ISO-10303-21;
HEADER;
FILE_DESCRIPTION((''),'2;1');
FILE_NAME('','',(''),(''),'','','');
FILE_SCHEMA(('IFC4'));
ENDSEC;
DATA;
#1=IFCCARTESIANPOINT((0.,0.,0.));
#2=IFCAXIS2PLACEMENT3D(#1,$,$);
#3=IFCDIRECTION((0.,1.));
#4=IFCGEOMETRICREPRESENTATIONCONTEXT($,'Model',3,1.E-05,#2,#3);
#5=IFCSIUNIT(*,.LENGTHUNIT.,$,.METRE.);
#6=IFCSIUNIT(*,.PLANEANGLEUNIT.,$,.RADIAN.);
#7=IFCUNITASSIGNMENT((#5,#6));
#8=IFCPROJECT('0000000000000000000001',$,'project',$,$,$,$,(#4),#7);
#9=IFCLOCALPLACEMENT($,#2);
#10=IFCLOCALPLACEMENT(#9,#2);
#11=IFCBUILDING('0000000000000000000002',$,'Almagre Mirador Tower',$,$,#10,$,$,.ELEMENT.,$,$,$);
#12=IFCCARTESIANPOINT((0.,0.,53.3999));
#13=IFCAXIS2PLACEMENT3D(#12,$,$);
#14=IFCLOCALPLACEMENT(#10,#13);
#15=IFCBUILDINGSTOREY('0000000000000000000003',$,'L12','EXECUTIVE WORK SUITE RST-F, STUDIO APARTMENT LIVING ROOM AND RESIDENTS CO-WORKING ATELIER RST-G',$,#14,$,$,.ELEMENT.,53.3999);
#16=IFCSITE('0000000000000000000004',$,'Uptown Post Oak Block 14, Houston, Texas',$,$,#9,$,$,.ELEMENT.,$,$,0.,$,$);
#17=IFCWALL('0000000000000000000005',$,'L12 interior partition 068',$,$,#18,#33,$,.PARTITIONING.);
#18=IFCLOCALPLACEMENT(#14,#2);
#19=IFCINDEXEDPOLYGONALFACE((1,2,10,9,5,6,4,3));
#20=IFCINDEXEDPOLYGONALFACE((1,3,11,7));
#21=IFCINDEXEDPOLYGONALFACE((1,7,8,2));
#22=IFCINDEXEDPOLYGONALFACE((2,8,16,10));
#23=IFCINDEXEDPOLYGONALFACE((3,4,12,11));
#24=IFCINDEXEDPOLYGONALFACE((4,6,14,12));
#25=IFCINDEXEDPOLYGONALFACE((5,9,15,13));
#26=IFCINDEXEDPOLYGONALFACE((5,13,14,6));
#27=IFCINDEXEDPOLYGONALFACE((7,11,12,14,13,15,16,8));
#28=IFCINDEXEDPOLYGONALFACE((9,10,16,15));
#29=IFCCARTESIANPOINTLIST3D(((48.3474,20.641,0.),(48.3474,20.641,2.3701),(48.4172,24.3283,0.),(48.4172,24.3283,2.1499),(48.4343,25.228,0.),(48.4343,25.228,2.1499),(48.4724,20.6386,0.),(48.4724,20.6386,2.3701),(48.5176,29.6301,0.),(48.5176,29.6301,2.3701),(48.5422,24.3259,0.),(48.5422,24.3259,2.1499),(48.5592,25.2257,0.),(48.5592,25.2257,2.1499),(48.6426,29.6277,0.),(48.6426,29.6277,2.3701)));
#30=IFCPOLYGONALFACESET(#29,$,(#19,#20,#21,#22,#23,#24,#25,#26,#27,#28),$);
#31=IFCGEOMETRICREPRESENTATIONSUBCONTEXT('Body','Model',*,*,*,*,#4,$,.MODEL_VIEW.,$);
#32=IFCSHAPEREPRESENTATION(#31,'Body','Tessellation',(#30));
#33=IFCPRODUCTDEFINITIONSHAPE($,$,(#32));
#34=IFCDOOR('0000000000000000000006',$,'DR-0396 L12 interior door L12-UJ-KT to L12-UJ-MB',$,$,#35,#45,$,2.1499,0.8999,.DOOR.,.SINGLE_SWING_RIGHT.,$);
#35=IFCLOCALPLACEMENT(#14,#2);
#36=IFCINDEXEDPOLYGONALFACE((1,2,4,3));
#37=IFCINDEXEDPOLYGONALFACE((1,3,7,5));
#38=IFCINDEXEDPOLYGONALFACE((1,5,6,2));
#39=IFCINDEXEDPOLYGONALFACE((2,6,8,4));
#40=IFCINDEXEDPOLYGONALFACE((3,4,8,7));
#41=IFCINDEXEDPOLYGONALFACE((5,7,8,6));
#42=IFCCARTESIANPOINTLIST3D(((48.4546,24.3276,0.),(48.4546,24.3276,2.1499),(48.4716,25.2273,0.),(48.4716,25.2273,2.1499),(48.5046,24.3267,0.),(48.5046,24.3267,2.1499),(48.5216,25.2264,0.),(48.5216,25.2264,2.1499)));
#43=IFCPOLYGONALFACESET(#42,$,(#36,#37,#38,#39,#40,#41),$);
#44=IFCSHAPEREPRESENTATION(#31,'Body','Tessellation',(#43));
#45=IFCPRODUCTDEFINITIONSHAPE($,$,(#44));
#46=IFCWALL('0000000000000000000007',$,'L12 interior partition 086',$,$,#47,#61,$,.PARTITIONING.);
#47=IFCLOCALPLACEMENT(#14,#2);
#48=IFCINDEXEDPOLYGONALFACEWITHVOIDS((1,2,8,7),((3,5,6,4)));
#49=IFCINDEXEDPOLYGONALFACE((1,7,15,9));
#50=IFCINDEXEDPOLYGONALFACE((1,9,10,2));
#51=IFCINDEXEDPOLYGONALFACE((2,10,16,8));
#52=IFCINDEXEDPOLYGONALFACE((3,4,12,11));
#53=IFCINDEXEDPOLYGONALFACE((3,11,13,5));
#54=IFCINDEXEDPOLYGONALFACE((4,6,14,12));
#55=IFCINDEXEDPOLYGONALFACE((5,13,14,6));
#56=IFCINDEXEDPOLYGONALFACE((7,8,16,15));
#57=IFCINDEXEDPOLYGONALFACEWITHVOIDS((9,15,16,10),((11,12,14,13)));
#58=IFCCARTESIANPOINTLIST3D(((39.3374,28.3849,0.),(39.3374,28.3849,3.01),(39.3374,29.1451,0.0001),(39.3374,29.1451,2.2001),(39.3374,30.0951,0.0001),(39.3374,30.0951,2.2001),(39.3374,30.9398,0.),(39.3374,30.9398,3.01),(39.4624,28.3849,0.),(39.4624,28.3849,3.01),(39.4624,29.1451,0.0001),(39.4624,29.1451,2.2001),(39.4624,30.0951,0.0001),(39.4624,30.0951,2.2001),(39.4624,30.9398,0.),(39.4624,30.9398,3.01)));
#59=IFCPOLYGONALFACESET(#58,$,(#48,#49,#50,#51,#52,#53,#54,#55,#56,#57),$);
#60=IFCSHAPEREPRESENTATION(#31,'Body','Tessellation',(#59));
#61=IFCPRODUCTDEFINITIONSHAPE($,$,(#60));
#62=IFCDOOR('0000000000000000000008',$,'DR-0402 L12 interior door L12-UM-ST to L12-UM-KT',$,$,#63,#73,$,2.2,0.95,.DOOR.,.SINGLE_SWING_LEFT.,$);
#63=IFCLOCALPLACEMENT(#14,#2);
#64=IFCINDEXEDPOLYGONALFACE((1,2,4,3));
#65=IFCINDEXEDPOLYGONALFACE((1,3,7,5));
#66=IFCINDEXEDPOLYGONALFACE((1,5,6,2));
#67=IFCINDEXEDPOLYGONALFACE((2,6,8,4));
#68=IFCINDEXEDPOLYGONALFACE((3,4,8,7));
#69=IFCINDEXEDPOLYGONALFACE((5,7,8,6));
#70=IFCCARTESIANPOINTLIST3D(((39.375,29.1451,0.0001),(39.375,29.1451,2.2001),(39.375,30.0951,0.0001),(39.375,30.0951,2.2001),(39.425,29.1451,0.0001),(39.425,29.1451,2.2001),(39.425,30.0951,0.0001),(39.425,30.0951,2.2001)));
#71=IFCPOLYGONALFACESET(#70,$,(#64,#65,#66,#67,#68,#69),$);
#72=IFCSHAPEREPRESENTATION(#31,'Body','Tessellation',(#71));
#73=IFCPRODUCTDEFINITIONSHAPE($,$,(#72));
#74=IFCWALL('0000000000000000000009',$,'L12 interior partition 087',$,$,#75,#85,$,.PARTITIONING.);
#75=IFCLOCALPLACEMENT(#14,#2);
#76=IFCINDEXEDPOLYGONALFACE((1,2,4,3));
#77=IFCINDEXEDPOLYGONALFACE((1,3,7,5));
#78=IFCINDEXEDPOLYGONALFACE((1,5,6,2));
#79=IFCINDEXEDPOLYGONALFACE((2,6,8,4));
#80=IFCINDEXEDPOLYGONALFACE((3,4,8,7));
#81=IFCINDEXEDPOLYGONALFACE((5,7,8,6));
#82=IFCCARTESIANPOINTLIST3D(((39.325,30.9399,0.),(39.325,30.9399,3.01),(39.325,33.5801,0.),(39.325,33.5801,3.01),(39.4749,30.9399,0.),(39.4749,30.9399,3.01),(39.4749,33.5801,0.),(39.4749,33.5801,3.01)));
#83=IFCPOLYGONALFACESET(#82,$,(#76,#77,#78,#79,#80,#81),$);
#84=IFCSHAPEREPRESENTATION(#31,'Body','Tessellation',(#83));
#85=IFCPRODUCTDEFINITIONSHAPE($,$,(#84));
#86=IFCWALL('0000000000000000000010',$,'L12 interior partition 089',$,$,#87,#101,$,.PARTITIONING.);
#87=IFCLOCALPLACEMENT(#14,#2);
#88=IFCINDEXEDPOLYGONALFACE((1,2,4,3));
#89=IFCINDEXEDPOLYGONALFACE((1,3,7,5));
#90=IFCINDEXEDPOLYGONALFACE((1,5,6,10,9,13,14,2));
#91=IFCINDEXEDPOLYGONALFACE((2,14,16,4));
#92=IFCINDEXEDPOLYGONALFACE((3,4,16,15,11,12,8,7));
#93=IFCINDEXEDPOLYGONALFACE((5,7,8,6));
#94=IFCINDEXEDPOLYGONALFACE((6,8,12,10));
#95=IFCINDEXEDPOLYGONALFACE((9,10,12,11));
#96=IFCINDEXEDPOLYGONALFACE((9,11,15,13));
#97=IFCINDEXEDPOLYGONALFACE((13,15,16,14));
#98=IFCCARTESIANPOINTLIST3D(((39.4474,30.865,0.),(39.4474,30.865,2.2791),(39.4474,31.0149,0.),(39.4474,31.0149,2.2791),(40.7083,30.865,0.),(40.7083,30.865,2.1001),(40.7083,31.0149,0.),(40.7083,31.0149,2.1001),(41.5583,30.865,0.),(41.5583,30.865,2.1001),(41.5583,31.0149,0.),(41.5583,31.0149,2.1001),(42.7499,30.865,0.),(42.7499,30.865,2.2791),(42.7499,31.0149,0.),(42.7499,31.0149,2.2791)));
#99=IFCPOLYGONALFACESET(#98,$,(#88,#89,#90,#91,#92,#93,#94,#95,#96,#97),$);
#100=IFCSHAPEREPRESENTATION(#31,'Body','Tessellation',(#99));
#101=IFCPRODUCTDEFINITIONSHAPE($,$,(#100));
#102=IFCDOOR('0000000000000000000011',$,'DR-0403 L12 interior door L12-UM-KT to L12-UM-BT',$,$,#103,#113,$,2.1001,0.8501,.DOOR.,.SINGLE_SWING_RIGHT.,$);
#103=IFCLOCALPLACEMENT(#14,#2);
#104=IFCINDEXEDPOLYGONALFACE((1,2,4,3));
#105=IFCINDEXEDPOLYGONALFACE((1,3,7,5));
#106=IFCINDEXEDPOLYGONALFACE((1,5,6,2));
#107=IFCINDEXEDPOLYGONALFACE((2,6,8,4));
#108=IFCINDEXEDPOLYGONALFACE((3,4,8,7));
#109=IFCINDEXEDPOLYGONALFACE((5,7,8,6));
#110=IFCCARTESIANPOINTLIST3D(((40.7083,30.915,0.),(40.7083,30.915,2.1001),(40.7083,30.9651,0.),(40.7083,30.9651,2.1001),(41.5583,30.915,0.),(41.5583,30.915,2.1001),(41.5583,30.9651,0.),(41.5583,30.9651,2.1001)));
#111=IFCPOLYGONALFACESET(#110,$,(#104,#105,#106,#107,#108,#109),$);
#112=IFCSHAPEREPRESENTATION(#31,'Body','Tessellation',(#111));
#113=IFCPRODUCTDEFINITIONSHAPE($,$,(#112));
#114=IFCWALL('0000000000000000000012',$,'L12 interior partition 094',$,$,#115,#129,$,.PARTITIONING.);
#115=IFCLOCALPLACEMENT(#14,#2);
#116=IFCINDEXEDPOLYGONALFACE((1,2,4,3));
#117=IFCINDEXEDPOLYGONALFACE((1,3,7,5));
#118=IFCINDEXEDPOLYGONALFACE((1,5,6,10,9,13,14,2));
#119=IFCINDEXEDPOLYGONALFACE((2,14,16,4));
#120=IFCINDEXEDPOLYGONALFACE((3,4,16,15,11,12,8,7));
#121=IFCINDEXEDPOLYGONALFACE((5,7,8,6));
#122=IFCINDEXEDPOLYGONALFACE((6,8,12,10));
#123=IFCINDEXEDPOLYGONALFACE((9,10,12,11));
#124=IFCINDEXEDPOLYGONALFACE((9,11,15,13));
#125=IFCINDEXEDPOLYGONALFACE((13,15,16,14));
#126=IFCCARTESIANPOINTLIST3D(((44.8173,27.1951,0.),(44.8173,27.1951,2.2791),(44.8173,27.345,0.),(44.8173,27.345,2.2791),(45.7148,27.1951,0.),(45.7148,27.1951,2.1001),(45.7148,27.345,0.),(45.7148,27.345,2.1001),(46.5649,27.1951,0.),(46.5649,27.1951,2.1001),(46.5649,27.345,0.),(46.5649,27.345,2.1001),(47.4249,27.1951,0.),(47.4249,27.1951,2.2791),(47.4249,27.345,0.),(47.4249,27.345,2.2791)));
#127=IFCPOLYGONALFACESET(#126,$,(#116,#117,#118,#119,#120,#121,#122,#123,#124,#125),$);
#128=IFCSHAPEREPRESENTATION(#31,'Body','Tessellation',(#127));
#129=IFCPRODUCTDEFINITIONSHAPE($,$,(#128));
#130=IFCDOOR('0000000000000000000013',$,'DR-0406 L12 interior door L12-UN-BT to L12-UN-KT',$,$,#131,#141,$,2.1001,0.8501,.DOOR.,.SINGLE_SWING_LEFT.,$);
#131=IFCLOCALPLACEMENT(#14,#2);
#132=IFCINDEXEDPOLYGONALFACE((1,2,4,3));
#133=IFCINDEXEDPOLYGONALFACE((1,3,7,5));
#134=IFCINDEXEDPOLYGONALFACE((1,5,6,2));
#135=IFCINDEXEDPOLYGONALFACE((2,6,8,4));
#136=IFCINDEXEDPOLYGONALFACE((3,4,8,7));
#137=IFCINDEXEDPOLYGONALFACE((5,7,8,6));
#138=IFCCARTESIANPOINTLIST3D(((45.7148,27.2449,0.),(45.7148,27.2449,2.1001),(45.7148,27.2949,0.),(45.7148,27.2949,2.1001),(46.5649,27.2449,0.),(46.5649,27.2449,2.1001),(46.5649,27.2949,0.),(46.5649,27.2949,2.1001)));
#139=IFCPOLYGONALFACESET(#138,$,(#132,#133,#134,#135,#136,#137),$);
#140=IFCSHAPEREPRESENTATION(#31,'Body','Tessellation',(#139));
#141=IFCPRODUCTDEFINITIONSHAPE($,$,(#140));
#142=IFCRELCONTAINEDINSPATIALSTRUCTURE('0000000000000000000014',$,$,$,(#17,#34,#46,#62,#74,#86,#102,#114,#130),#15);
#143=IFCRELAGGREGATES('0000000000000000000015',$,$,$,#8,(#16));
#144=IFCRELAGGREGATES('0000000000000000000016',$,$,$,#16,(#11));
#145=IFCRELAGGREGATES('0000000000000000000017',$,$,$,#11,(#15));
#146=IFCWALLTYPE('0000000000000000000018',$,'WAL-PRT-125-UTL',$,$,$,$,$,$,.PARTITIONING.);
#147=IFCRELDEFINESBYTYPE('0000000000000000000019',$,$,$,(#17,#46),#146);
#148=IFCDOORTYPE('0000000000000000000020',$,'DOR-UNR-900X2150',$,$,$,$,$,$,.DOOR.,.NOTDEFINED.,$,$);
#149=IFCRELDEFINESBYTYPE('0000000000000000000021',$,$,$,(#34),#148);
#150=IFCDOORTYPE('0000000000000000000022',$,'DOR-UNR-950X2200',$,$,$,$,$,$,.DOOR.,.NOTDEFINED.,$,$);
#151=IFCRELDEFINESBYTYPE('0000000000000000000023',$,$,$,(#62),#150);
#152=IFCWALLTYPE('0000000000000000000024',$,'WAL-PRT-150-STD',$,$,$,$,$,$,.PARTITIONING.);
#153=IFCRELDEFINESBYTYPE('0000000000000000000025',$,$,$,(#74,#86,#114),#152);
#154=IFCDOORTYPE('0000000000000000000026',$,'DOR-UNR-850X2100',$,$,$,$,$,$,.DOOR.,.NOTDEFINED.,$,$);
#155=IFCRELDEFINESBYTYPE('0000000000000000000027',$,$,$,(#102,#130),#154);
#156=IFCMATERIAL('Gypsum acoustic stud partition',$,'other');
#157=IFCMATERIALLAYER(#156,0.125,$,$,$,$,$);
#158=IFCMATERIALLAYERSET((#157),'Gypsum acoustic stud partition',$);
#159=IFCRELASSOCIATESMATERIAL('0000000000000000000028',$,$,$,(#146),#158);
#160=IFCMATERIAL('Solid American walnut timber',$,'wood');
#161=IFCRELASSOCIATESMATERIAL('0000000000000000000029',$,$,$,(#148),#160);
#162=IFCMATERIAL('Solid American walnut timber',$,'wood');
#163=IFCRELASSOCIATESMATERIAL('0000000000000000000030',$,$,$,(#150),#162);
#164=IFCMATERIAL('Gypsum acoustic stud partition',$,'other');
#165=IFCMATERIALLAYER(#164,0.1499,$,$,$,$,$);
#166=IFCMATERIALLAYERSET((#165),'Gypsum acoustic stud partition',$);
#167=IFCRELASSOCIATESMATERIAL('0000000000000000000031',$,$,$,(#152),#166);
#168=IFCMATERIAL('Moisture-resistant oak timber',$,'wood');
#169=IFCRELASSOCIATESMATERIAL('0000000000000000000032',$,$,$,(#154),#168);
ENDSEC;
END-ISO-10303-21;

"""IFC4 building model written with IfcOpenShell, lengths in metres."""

from ifc_helpers import new_model, si_unit, direction, frame, frame_2d, origin, place, context, subcontext, project, spatial, rectangle, extrude, material, layer, layer_set, type_object, element, fill, save


model = new_model("IFC4")

# Units and contexts
model_context = context("Model", 3, precision=1e-05, world=origin(), true_north=direction((0.0, 1.0)))
body_context = subcontext(model_context, "Body", "Model", "MODEL_VIEW")
ifc_project = project(units=[si_unit("LENGTHUNIT", "METRE"), si_unit("PLANEANGLEUNIT", "RADIAN")], contexts=[model_context])

# Site, building, storey
site_placement = place(None, origin())
site = spatial("IfcSite", under=ifc_project, at=site_placement, Name="Uptown Post Oak Block 14, Houston, Texas", CompositionType="ELEMENT", RefElevation=0.0)
building_placement = place(site_placement, origin())
building = spatial("IfcBuilding", under=site, at=building_placement, Name="Almagre Mirador Tower", CompositionType="ELEMENT")
storey_placement = place(building_placement, frame((0.0, 0.0, 53.3999)))
storey = spatial("IfcBuildingStorey", under=building, at=storey_placement, Name="L12", Description="EXECUTIVE WORK SUITE RST-F, STUDIO APARTMENT LIVING ROOM AND RESIDENTS CO-WORKING ATELIER RST-G", CompositionType="ELEMENT", Elevation=53.3999)

# Walls, openings, doors
ifc_material_1 = material(Name="Gypsum acoustic stud partition", Category="other")
ifc_layer_1 = layer(ifc_material_1, 0.125)
ifc_layer_set_1 = layer_set([ifc_layer_1], Name="Gypsum acoustic stud partition")
wall_type_1 = type_object("IfcWallType", Name="WAL-PRT-125-UTL", PredefinedType="PARTITIONING", material=ifc_layer_set_1)
wall_1_placement = place(storey_placement, frame((48.5801, 29.6289, 0.0), z_axis=(0.0, 0.0, 1.0), x_axis=(-0.018927, -0.999821, 0.0)))
wall_1 = element("IfcWall", 1, at=wall_1_placement, inside=storey, type_object=wall_type_1, Name="L12 interior partition 068", PredefinedType="PARTITIONING", context=body_context, shape_type="SweptSolid", body=[
    extrude(rectangle(XDim=8.9907, YDim=0.125, at=frame_2d((4.4954, 0.0))), origin(), (0.0, 0.0, 1.0), 2.3701),
])
opening_1_placement = place(wall_1_placement, frame((4.4028, 0.0, 0.0)))
opening_1 = element("IfcOpeningElement", 2, at=opening_1_placement, cuts=wall_1, PredefinedType="OPENING", context=body_context, shape_type="SweptSolid", body=[
    extrude(rectangle(XDim=0.8999, YDim=2.1499, at=frame_2d((0.45, 1.075))), frame((0.0, 0.0725, 0.0), z_axis=(0.0, -1.0, 0.0), x_axis=(1.0, 0.0, 0.0)), (0.0, 0.0, 1.0), 0.145),
])
ifc_material_2 = material(Name="Solid American walnut timber", Category="wood")
door_type_1 = type_object("IfcDoorType", Name="DOR-UNR-900X2150", OperationType="NOTDEFINED", PredefinedType="DOOR", material=ifc_material_2)
door_1_placement = place(opening_1_placement, origin())
door_1 = element("IfcDoor", 3, at=door_1_placement, inside=storey, type_object=door_type_1, Name="DR-0396 L12 interior door L12-UJ-KT to L12-UJ-MB", OperationType="SINGLE_SWING_RIGHT", OverallHeight=2.1499, OverallWidth=0.8999, PredefinedType="DOOR", context=body_context, shape_type="SweptSolid", body=[
    extrude(rectangle(XDim=0.8999, YDim=2.1499, at=frame_2d((0.45, 1.075))), frame((0.0, 0.0249, 0.0), z_axis=(0.0, -1.0, 0.0), x_axis=(1.0, 0.0, 0.0)), (0.0, 0.0, 1.0), 0.05),
])
fill(opening_1, door_1)
wall_2_placement = place(storey_placement, frame((39.3999, 28.385, 0.0), z_axis=(0.0, 0.0, 1.0), x_axis=(0.0, 1.0, 0.0)))
wall_2 = element("IfcWall", 4, at=wall_2_placement, inside=storey, type_object=wall_type_1, Name="L12 interior partition 086", PredefinedType="PARTITIONING", context=body_context, shape_type="SweptSolid", body=[
    extrude(rectangle(XDim=2.5549, YDim=0.125, at=frame_2d((1.2773, 0.0))), origin(), (0.0, 0.0, 1.0), 3.01),
])
opening_2_placement = place(wall_2_placement, frame((0.76, 0.0, 0.0)))
opening_2 = element("IfcOpeningElement", 5, at=opening_2_placement, cuts=wall_2, PredefinedType="OPENING", context=body_context, shape_type="SweptSolid", body=[
    extrude(rectangle(XDim=0.95, YDim=2.2, at=frame_2d((0.4751, 1.1001))), frame((0.0, 0.0725, 0.0), z_axis=(0.0, -1.0, 0.0), x_axis=(1.0, 0.0, 0.0)), (0.0, 0.0, 1.0), 0.145),
])
ifc_material_3 = material(Name="Solid American walnut timber", Category="wood")
door_type_2 = type_object("IfcDoorType", Name="DOR-UNR-950X2200", OperationType="NOTDEFINED", PredefinedType="DOOR", material=ifc_material_3)
door_2_placement = place(opening_2_placement, origin())
door_2 = element("IfcDoor", 6, at=door_2_placement, inside=storey, type_object=door_type_2, Name="DR-0402 L12 interior door L12-UM-ST to L12-UM-KT", OperationType="SINGLE_SWING_LEFT", OverallHeight=2.2, OverallWidth=0.95, PredefinedType="DOOR", context=body_context, shape_type="SweptSolid", body=[
    extrude(rectangle(XDim=0.95, YDim=2.2, at=frame_2d((0.4751, 1.1001))), frame((0.0, 0.0249, 0.0), z_axis=(0.0, -1.0, 0.0), x_axis=(1.0, 0.0, 0.0)), (0.0, 0.0, 1.0), 0.05),
])
fill(opening_2, door_2)

# Wall
ifc_material_4 = material(Name="Gypsum acoustic stud partition", Category="other")
ifc_layer_2 = layer(ifc_material_4, 0.1499)
ifc_layer_set_2 = layer_set([ifc_layer_2], Name="Gypsum acoustic stud partition")
wall_type_2 = type_object("IfcWallType", Name="WAL-PRT-150-STD", PredefinedType="PARTITIONING", material=ifc_layer_set_2)
wall_3_placement = place(storey_placement, frame((39.3999, 30.9399, 0.0), z_axis=(0.0, 0.0, 1.0), x_axis=(0.0, 1.0, 0.0)))
element("IfcWall", 7, at=wall_3_placement, inside=storey, type_object=wall_type_2, Name="L12 interior partition 087", PredefinedType="PARTITIONING", context=body_context, shape_type="SweptSolid", body=[
    extrude(rectangle(XDim=2.6401, YDim=0.1499, at=frame_2d((1.3201, 0.0))), origin(), (0.0, 0.0, 1.0), 3.01),
])

# Walls, openings, doors
wall_4_placement = place(storey_placement, frame((42.75, 30.9399, 0.0), z_axis=(0.0, 0.0, 1.0), x_axis=(-1.0, 0.0, 0.0)))
wall_4 = element("IfcWall", 8, at=wall_4_placement, inside=storey, type_object=wall_type_2, Name="L12 interior partition 089", PredefinedType="PARTITIONING", context=body_context, shape_type="SweptSolid", body=[
    extrude(rectangle(XDim=3.3025, YDim=0.1499, at=frame_2d((1.6514, 0.0))), origin(), (0.0, 0.0, 1.0), 2.2791),
])
opening_3_placement = place(wall_4_placement, frame((1.1917, 0.0, 0.0)))
opening_3 = element("IfcOpeningElement", 9, at=opening_3_placement, cuts=wall_4, PredefinedType="OPENING", context=body_context, shape_type="SweptSolid", body=[
    extrude(rectangle(XDim=0.8501, YDim=2.1001, at=frame_2d((0.425, 1.05))), frame((0.0, 0.085, 0.0), z_axis=(0.0, -1.0, 0.0), x_axis=(1.0, 0.0, 0.0)), (0.0, 0.0, 1.0), 0.1699),
])
ifc_material_5 = material(Name="Moisture-resistant oak timber", Category="wood")
door_type_3 = type_object("IfcDoorType", Name="DOR-UNR-850X2100", OperationType="NOTDEFINED", PredefinedType="DOOR", material=ifc_material_5)
door_3_placement = place(opening_3_placement, origin())
door_3 = element("IfcDoor", 10, at=door_3_placement, inside=storey, type_object=door_type_3, Name="DR-0403 L12 interior door L12-UM-KT to L12-UM-BT", OperationType="SINGLE_SWING_RIGHT", OverallHeight=2.1001, OverallWidth=0.8501, PredefinedType="DOOR", context=body_context, shape_type="SweptSolid", body=[
    extrude(rectangle(XDim=0.8501, YDim=2.1001, at=frame_2d((0.425, 1.05))), frame((0.0, 0.0249, 0.0), z_axis=(0.0, -1.0, 0.0), x_axis=(1.0, 0.0, 0.0)), (0.0, 0.0, 1.0), 0.05),
])
fill(opening_3, door_3)
wall_5_placement = place(storey_placement, frame((44.8174, 27.27, 0.0), z_axis=(0.0, 0.0, 1.0), x_axis=(1.0, 0.0, 0.0)))
wall_5 = element("IfcWall", 11, at=wall_5_placement, inside=storey, type_object=wall_type_2, Name="L12 interior partition 094", PredefinedType="PARTITIONING", context=body_context, shape_type="SweptSolid", body=[
    extrude(rectangle(XDim=2.6077, YDim=0.1499, at=frame_2d((1.3037, 0.0))), origin(), (0.0, 0.0, 1.0), 2.2791),
])
opening_4_placement = place(wall_5_placement, frame((0.8975, 0.0, 0.0)))
opening_4 = element("IfcOpeningElement", 12, at=opening_4_placement, cuts=wall_5, PredefinedType="OPENING", context=body_context, shape_type="SweptSolid", body=[
    extrude(rectangle(XDim=0.8501, YDim=2.1001, at=frame_2d((0.425, 1.05))), frame((0.0, 0.085, 0.0), z_axis=(0.0, -1.0, 0.0), x_axis=(1.0, 0.0, 0.0)), (0.0, 0.0, 1.0), 0.1699),
])
door_4_placement = place(opening_4_placement, origin())
door_4 = element("IfcDoor", 13, at=door_4_placement, inside=storey, type_object=door_type_3, Name="DR-0406 L12 interior door L12-UN-BT to L12-UN-KT", OperationType="SINGLE_SWING_LEFT", OverallHeight=2.1001, OverallWidth=0.8501, PredefinedType="DOOR", context=body_context, shape_type="SweptSolid", body=[
    extrude(rectangle(XDim=0.8501, YDim=2.1001, at=frame_2d((0.425, 1.05))), frame((0.0, 0.0249, 0.0), z_axis=(0.0, -1.0, 0.0), x_axis=(1.0, 0.0, 0.0)), (0.0, 0.0, 1.0), 0.05),
])
fill(opening_4, door_4)

save(model, "model.ifc")
